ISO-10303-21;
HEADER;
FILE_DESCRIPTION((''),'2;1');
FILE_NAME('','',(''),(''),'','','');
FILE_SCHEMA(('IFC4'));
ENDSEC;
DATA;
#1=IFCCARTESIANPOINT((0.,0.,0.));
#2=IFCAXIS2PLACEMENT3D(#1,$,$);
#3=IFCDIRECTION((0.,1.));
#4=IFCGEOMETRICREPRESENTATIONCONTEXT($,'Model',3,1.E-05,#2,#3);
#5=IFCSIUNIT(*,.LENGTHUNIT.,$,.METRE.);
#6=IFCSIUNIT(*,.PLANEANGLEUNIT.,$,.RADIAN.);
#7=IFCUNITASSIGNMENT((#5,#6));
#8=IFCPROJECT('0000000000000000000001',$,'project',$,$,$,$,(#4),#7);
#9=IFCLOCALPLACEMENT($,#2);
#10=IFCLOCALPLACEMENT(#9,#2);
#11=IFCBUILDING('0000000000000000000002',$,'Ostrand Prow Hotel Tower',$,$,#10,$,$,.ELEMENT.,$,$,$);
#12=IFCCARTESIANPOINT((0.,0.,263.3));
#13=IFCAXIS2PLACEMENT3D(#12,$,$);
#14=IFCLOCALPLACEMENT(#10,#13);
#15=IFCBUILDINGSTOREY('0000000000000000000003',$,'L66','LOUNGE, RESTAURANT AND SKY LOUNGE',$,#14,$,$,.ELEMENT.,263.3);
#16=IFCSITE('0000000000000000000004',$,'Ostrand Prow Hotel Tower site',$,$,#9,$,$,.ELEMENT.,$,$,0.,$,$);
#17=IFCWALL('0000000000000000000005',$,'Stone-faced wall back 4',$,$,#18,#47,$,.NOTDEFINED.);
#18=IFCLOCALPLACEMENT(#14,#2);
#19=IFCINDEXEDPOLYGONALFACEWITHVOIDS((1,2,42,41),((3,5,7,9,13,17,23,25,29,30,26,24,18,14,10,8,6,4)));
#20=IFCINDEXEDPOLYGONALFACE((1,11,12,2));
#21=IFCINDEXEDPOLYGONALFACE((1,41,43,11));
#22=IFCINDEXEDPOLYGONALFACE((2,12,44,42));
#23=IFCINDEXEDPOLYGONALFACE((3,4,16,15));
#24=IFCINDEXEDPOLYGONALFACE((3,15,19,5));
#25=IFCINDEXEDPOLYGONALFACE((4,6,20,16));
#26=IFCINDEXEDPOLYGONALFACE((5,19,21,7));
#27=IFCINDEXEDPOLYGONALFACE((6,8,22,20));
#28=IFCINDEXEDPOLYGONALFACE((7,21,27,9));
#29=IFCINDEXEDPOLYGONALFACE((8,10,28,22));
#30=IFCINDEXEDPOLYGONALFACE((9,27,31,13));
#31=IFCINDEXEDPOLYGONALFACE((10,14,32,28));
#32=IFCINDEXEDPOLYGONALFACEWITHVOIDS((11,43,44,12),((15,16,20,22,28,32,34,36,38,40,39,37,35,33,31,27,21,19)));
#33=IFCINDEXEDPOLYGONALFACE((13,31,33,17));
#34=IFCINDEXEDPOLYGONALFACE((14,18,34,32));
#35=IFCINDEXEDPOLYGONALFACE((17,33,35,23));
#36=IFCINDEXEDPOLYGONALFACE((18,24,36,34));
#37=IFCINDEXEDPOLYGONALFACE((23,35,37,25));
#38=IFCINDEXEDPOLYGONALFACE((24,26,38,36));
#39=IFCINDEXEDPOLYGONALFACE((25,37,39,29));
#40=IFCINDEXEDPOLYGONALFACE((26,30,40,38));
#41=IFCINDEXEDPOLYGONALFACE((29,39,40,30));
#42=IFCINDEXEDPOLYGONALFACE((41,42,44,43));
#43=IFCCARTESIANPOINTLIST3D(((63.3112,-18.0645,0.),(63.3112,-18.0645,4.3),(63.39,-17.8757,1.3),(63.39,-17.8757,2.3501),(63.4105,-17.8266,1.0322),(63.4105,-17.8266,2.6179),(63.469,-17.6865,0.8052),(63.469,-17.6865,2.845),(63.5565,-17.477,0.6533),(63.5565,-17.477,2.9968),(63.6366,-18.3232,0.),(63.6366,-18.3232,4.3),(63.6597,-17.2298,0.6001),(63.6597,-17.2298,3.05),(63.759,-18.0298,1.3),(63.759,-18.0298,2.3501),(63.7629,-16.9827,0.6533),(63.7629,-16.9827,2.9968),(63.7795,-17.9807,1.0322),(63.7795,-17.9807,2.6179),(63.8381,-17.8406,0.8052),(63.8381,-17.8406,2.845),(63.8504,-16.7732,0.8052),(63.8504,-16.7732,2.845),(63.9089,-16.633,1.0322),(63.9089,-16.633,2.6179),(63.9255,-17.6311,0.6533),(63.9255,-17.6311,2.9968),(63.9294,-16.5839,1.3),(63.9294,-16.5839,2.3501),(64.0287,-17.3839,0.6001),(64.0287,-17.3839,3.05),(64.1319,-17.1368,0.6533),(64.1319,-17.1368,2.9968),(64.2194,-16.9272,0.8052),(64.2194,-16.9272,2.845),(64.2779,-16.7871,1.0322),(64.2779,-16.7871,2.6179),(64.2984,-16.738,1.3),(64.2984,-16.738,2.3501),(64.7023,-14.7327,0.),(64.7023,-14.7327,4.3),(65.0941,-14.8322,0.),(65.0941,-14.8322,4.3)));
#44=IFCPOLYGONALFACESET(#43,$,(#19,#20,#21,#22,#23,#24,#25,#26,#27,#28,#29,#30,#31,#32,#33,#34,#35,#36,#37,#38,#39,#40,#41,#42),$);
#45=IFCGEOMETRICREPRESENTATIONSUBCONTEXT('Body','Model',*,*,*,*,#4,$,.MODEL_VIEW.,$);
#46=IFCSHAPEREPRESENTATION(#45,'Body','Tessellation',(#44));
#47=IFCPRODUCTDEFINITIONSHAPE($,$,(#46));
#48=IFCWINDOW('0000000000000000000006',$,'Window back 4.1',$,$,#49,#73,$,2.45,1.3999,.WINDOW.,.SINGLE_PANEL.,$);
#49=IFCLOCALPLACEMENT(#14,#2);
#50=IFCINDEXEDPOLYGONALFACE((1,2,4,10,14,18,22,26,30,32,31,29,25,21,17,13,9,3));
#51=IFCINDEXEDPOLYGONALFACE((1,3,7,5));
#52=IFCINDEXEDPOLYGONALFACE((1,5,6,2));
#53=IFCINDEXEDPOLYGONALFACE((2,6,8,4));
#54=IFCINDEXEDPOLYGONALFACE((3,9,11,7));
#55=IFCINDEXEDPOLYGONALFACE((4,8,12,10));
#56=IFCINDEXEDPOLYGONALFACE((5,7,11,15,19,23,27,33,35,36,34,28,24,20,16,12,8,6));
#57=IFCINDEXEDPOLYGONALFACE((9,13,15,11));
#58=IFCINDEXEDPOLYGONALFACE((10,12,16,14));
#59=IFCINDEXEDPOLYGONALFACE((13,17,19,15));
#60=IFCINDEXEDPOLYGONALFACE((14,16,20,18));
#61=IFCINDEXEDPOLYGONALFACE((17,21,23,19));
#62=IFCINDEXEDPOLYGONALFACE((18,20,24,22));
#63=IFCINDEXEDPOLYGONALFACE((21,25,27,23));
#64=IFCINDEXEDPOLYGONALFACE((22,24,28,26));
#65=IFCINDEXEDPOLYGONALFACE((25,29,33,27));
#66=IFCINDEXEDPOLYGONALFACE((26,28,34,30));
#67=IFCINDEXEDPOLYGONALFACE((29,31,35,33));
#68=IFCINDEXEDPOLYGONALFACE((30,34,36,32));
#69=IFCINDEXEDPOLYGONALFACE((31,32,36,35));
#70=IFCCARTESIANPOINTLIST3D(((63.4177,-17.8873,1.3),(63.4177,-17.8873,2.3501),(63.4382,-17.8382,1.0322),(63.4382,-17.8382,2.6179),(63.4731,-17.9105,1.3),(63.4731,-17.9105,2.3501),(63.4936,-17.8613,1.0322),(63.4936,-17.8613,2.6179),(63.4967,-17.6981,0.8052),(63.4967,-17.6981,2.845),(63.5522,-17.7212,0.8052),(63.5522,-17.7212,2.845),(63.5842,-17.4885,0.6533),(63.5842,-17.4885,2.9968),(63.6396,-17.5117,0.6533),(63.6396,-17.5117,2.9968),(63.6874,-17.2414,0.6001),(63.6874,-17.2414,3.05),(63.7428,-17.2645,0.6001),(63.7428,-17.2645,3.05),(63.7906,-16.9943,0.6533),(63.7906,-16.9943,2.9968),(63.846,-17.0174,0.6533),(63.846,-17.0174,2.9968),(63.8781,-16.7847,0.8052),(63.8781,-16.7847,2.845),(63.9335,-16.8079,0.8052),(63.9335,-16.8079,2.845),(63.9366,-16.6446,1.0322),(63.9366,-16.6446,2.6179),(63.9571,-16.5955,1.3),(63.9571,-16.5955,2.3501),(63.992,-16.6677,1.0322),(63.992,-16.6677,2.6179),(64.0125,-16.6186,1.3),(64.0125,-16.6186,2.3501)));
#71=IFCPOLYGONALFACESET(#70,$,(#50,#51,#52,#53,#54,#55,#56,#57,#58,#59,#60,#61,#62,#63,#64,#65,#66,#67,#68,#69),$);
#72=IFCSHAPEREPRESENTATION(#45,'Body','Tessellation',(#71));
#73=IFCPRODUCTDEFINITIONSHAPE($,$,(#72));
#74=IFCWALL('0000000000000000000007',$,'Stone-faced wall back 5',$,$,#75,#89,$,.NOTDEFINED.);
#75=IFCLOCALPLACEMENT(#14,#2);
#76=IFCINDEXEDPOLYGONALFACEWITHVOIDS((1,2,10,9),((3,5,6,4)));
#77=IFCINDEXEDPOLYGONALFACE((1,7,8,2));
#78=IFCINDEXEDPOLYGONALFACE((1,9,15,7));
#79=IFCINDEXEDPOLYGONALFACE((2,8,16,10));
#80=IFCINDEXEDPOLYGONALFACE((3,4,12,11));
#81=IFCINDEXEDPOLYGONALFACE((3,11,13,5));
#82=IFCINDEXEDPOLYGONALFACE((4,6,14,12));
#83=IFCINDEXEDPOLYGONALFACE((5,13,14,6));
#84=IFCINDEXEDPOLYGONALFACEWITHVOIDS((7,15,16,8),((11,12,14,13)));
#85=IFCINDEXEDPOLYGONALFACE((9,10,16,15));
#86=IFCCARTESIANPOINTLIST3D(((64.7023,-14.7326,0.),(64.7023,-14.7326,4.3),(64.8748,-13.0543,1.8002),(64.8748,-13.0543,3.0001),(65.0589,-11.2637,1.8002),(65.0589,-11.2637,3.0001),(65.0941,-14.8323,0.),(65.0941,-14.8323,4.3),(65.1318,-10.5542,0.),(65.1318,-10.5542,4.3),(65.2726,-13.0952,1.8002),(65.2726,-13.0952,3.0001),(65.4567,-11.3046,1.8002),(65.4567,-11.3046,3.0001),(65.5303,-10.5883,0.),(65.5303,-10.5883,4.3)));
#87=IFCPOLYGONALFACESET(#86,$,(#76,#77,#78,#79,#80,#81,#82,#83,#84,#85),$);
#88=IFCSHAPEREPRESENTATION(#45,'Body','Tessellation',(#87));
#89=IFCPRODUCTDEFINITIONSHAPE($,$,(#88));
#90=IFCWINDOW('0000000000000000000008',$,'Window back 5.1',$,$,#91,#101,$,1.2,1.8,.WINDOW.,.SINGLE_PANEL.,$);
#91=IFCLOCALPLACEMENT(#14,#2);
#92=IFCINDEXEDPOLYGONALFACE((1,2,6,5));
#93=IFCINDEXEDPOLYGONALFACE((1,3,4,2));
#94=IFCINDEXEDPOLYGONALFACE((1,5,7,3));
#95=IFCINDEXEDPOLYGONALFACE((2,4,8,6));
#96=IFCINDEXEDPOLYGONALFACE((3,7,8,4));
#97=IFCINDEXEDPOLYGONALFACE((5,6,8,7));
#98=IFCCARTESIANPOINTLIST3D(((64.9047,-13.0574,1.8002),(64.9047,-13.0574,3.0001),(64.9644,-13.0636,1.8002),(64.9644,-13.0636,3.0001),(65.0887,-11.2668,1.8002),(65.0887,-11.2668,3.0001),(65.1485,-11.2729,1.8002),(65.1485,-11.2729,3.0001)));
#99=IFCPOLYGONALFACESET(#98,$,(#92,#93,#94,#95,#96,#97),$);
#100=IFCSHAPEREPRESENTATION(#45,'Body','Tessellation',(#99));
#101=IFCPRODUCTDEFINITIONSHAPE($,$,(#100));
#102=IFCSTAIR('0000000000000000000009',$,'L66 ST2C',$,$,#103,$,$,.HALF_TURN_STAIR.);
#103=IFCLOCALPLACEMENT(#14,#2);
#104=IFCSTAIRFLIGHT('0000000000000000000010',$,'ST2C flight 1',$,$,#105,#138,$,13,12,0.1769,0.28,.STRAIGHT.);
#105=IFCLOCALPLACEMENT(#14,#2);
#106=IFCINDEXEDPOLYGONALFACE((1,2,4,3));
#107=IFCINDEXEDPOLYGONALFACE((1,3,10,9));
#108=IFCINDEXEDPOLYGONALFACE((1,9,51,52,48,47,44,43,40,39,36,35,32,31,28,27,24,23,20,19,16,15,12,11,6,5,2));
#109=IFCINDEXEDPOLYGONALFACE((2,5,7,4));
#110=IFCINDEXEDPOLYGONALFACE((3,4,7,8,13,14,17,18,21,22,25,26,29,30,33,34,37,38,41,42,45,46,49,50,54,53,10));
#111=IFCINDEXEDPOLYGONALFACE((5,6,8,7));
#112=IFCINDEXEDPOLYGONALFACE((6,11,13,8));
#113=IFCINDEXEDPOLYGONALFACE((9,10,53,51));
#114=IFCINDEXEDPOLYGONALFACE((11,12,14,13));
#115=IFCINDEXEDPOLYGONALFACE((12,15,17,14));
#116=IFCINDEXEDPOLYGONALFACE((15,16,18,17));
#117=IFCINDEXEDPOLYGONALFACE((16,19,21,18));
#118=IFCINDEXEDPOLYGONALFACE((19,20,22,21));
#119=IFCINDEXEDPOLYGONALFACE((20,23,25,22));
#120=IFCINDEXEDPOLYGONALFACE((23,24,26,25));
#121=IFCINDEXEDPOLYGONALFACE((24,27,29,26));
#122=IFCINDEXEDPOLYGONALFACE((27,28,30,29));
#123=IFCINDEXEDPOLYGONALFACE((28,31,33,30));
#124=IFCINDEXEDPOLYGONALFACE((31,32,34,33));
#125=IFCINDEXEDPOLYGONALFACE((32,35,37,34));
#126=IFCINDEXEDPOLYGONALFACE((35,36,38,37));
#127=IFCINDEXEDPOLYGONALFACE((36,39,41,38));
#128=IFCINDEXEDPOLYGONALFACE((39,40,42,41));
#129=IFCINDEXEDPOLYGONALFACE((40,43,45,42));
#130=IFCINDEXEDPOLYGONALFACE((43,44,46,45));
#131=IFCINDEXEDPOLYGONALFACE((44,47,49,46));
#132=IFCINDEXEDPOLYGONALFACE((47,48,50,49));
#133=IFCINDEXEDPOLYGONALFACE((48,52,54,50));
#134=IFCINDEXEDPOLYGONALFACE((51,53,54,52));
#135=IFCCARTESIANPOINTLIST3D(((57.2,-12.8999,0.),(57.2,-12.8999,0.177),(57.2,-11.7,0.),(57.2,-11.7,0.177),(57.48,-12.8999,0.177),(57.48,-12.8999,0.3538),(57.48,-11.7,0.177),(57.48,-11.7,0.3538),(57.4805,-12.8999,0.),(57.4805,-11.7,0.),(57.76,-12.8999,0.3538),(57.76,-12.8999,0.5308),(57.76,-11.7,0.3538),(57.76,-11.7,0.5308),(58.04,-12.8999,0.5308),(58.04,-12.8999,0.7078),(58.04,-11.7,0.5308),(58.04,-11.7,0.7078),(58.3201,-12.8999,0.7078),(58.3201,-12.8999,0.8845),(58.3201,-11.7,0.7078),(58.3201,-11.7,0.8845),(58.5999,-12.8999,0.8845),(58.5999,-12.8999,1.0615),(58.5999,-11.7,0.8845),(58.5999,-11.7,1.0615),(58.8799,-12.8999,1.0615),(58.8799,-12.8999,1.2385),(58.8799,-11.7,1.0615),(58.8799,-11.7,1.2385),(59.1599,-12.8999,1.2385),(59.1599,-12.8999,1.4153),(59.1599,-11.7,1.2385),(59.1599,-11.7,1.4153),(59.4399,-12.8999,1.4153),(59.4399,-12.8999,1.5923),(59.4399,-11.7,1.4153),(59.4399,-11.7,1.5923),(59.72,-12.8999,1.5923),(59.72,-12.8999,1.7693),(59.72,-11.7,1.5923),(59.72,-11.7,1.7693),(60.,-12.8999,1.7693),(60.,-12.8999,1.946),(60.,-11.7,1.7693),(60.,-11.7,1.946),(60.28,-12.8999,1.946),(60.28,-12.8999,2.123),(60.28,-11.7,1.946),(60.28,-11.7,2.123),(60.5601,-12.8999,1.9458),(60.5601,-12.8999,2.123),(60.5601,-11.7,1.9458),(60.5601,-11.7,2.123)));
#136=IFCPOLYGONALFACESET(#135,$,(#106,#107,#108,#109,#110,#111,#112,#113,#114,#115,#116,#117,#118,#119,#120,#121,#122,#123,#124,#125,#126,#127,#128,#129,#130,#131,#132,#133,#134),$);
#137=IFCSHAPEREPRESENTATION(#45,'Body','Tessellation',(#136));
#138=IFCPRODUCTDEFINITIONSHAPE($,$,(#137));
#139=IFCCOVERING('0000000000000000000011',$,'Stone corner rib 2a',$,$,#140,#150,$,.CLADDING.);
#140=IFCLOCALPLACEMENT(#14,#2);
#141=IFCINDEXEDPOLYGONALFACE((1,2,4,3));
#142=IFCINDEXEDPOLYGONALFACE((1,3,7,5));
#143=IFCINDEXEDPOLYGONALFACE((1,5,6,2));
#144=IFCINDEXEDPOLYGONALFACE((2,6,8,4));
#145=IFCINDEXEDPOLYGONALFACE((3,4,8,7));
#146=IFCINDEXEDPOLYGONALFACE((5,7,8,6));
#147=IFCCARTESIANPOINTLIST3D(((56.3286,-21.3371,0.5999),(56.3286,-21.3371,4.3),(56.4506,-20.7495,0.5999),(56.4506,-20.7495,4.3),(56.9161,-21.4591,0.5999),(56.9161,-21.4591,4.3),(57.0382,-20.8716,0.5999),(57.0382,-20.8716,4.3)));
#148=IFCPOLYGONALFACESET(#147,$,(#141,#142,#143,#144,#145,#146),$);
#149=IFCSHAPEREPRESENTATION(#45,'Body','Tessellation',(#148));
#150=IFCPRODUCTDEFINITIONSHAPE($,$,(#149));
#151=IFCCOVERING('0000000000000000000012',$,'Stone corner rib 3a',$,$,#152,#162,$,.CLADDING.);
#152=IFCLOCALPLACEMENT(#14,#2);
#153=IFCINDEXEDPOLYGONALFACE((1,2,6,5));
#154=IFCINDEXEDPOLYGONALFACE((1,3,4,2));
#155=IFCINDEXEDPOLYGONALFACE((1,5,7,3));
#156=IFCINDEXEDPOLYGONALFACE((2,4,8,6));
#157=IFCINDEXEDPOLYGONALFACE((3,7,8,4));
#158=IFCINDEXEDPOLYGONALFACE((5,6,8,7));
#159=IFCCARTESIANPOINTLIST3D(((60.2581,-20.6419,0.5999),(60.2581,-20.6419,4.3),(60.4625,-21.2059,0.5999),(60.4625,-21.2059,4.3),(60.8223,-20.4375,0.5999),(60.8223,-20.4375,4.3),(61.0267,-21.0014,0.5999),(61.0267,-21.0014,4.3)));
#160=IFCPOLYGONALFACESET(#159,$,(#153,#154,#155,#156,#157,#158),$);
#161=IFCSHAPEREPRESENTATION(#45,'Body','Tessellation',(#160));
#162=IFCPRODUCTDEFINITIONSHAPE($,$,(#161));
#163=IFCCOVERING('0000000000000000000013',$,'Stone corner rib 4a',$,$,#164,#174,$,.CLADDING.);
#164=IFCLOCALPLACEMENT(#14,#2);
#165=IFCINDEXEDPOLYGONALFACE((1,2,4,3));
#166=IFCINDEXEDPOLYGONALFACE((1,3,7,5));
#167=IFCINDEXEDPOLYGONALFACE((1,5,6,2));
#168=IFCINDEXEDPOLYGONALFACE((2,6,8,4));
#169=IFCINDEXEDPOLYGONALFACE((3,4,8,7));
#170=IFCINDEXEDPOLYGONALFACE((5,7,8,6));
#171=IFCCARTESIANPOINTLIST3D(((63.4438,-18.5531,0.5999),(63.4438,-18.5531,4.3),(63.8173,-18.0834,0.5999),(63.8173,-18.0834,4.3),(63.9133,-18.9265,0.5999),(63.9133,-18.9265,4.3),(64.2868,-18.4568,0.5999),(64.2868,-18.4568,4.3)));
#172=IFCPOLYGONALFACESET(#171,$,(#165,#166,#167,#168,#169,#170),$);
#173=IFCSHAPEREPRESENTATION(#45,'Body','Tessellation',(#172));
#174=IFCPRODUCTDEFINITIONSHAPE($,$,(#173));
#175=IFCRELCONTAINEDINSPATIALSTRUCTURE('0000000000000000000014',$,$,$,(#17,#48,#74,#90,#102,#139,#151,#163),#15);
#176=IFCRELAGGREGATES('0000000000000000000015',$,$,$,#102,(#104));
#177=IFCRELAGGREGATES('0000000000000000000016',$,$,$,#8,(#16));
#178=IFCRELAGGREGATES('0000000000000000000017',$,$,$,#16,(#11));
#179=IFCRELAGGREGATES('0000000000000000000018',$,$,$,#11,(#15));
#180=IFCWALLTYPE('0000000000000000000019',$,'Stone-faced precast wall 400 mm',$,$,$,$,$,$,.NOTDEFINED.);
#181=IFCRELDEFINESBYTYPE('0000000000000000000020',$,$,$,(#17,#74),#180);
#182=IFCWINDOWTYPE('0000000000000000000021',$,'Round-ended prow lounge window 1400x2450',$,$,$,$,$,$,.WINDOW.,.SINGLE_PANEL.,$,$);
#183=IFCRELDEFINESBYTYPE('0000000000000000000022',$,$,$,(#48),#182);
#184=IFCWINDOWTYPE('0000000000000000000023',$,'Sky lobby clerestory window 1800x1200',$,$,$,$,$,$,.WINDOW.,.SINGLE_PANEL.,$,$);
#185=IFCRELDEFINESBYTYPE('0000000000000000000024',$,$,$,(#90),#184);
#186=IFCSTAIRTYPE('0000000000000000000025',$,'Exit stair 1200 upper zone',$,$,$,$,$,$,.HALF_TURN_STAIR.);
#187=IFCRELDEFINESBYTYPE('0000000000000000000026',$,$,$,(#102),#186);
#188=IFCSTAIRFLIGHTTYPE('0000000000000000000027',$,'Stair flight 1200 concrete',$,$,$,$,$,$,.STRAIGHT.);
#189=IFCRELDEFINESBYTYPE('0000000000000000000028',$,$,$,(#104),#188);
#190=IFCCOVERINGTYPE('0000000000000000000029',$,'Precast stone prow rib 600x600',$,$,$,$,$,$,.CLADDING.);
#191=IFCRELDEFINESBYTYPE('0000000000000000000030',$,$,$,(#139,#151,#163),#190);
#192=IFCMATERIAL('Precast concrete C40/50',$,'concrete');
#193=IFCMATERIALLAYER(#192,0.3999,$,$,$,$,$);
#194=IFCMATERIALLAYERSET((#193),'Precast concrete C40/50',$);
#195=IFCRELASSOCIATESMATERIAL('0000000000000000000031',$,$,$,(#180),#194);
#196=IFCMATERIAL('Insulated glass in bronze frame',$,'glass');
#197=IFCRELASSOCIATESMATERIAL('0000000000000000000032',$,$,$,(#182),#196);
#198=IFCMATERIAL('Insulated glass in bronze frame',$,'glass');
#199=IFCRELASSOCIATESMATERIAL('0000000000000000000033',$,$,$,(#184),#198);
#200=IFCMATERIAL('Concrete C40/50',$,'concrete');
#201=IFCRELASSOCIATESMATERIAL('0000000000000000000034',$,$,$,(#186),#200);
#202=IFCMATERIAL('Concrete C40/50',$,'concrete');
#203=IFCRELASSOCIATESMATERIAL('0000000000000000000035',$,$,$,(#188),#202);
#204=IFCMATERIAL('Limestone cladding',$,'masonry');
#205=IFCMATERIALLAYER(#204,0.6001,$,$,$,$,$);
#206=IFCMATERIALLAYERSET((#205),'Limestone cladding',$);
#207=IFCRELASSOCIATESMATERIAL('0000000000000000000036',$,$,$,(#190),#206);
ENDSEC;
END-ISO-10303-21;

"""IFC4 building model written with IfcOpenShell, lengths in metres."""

from ifc_helpers import new_model, si_unit, direction, frame, frame_2d, origin, place, context, subcontext, project, spatial, polyline, rectangle, outline, extrude, material, layer, layer_set, type_object, element, fill, aggregate, save


model = new_model("IFC4")

# Units and contexts
model_context = context("Model", 3, precision=1e-05, world=origin(), true_north=direction((0.0, 1.0)))
body_context = subcontext(model_context, "Body", "Model", "MODEL_VIEW")
ifc_project = project(units=[si_unit("LENGTHUNIT", "METRE"), si_unit("PLANEANGLEUNIT", "RADIAN")], contexts=[model_context])

# Site, building, storey
site_placement = place(None, origin())
site = spatial("IfcSite", under=ifc_project, at=site_placement, Name="Ostrand Prow Hotel Tower site", CompositionType="ELEMENT", RefElevation=0.0)
building_placement = place(site_placement, origin())
building = spatial("IfcBuilding", under=site, at=building_placement, Name="Ostrand Prow Hotel Tower", CompositionType="ELEMENT")
storey_placement = place(building_placement, frame((0.0, 0.0, 263.3)))
storey = spatial("IfcBuildingStorey", under=building, at=storey_placement, Name="L66", Description="LOUNGE, RESTAURANT AND SKY LOUNGE", CompositionType="ELEMENT", Elevation=263.3)

# Walls, openings, windows
ifc_material_1 = material(Name="Precast concrete C40/50", Category="concrete")
ifc_layer_1 = layer(ifc_material_1, 0.3999)
ifc_layer_set_1 = layer_set([ifc_layer_1], Name="Precast concrete C40/50")
wall_type_1 = type_object("IfcWallType", Name="Stone-faced precast wall 400 mm", PredefinedType="NOTDEFINED", material=ifc_layer_set_1)
wall_1_placement = place(storey_placement, frame((63.4739, -18.1938, 0.0), z_axis=(0.0, 0.0, 1.0), x_axis=(0.385286, 0.922797, 0.0)))
wall_1 = element("IfcWall", 1, at=wall_1_placement, inside=storey, type_object=wall_type_1, Name="Stone-faced wall back 4", PredefinedType="NOTDEFINED", context=body_context, shape_type="SweptSolid", body=[
    extrude(outline(polyline([(-0.0566, -0.2), (3.7263, -0.2), (3.6672, 0.2), (0.0566, 0.2), (-0.0566, -0.2)])), origin(), (0.0, 0.0, 1.0), 4.3),
])
opening_1_placement = place(wall_1_placement, frame((0.2612, 0.0, 0.6001)))
opening_1 = element("IfcOpeningElement", 2, at=opening_1_placement, cuts=wall_1, PredefinedType="OPENING", context=body_context, shape_type="SweptSolid", body=[
    extrude(outline(polyline([(0.0, 1.75), (0.0532, 2.0178), (0.2051, 2.2449), (0.4321, 2.3967), (0.7, 2.45), (0.9678, 2.3967), (1.1948, 2.2449), (1.3467, 2.0178), (1.3999, 1.75), (1.3999, 0.7), (1.3467, 0.4321), (1.1948, 0.2051), (0.9678, 0.0532), (0.7, 0.0), (0.4321, 0.0532), (0.2051, 0.2051), (0.0532, 0.4321), (0.0, 0.7), (0.0, 1.75)])), frame((0.0, 0.21, 0.0), z_axis=(0.0, -1.0, 0.0), x_axis=(1.0, 0.0, 0.0)), (0.0, 0.0, 1.0), 0.4199),
])
ifc_material_2 = material(Name="Insulated glass in bronze frame", Category="glass")
window_type_1 = type_object("IfcWindowType", Name="Round-ended prow lounge window 1400x2450", PartitioningType="SINGLE_PANEL", PredefinedType="WINDOW", material=ifc_material_2)
window_1_placement = place(opening_1_placement, origin())
window_1 = element("IfcWindow", 3, at=window_1_placement, inside=storey, type_object=window_type_1, Name="Window back 4.1", OverallHeight=2.45, OverallWidth=1.3999, PartitioningType="SINGLE_PANEL", PredefinedType="WINDOW", context=body_context, shape_type="SweptSolid", body=[
    extrude(outline(polyline([(0.0, 1.75), (0.0532, 2.0178), (0.2051, 2.2449), (0.4321, 2.3967), (0.7, 2.45), (0.9678, 2.3967), (1.1948, 2.2449), (1.3467, 2.0178), (1.3999, 1.75), (1.3999, 0.7), (1.3467, 0.4321), (1.1948, 0.2051), (0.9678, 0.0532), (0.7, 0.0), (0.4321, 0.0532), (0.2051, 0.2051), (0.0532, 0.4321), (0.0, 0.7), (0.0, 1.75)])), frame((0.0, 0.1699, 0.0), z_axis=(0.0, -1.0, 0.0), x_axis=(1.0, 0.0, 0.0)), (0.0, 0.0, 1.0), 0.0601),
])
fill(opening_1, window_1)
wall_2_placement = place(storey_placement, frame((64.8982, -14.7825, 0.0), z_axis=(0.0, 0.0, 1.0), x_axis=(0.10225, 0.994759, 0.0)))
wall_2 = element("IfcWall", 4, at=wall_2_placement, inside=storey, type_object=wall_type_1, Name="Stone-faced wall back 5", PredefinedType="NOTDEFINED", context=body_context, shape_type="SweptSolid", body=[
    extrude(outline(polyline([(-0.0295, -0.2), (4.2368, -0.2), (4.23, 0.2), (0.0295, 0.2), (-0.0295, -0.2)])), origin(), (0.0, 0.0, 1.0), 4.3),
])
opening_2_placement = place(wall_2_placement, frame((1.7168, 0.0, 1.8)))
opening_2 = element("IfcOpeningElement", 5, at=opening_2_placement, cuts=wall_2, PredefinedType="OPENING", context=body_context, shape_type="SweptSolid", body=[
    extrude(rectangle(XDim=1.8, YDim=1.2, at=frame_2d((0.8999, 0.6001))), frame((0.0, 0.21, 0.0), z_axis=(0.0, -1.0, 0.0), x_axis=(1.0, 0.0, 0.0)), (0.0, 0.0, 1.0), 0.4199),
])
ifc_material_3 = material(Name="Insulated glass in bronze frame", Category="glass")
window_type_2 = type_object("IfcWindowType", Name="Sky lobby clerestory window 1800x1200", PartitioningType="SINGLE_PANEL", PredefinedType="WINDOW", material=ifc_material_3)
window_2_placement = place(opening_2_placement, origin())
window_2 = element("IfcWindow", 6, at=window_2_placement, inside=storey, type_object=window_type_2, Name="Window back 5.1", OverallHeight=1.2, OverallWidth=1.8, PartitioningType="SINGLE_PANEL", PredefinedType="WINDOW", context=body_context, shape_type="SweptSolid", body=[
    extrude(rectangle(XDim=1.8, YDim=1.2, at=frame_2d((0.8999, 0.6001))), frame((0.0, 0.1699, 0.0), z_axis=(0.0, -1.0, 0.0), x_axis=(1.0, 0.0, 0.0)), (0.0, 0.0, 1.0), 0.0601),
])
fill(opening_2, window_2)

# Stair, stair flight
ifc_material_4 = material(Name="Concrete C40/50", Category="concrete")
stair_type = type_object("IfcStairType", Name="Exit stair 1200 upper zone", PredefinedType="HALF_TURN_STAIR", material=ifc_material_4)
stair_placement = place(storey_placement, origin())
stair = element("IfcStair", 7, at=stair_placement, inside=storey, type_object=stair_type, Name="L66 ST2C", PredefinedType="HALF_TURN_STAIR")
ifc_material_5 = material(Name="Concrete C40/50", Category="concrete")
stair_flight_type = type_object("IfcStairFlightType", Name="Stair flight 1200 concrete", PredefinedType="STRAIGHT", material=ifc_material_5)
stair_flight_placement = place(storey_placement, frame((57.2, -12.3, 0.0), z_axis=(0.0, 0.0, 1.0), x_axis=(1.0, 0.0, 0.0)))
stair_flight = element("IfcStairFlight", 8, at=stair_flight_placement, type_object=stair_flight_type, Name="ST2C flight 1", NumberOfRisers=13, NumberOfTreads=12, PredefinedType="STRAIGHT", RiserHeight=0.1769, TreadLength=0.28, context=body_context, shape_type="SweptSolid", body=[
    extrude(outline(polyline([(0.0, 0.0), (0.0, 0.177), (0.28, 0.177), (0.28, 0.3538), (0.5601, 0.3538), (0.5601, 0.5308), (0.8401, 0.5308), (0.8401, 0.7078), (1.1201, 0.7078), (1.1201, 0.8845), (1.3999, 0.8845), (1.3999, 1.0615), (1.6799, 1.0615), (1.6799, 1.2385), (1.96, 1.2385), (1.96, 1.4153), (2.24, 1.4153), (2.24, 1.5923), (2.52, 1.5923), (2.52, 1.7693), (2.8, 1.7693), (2.8, 1.946), (3.0801, 1.946), (3.0801, 2.123), (3.3601, 2.123), (3.3601, 2.3), (3.3601, 1.9458), (0.2805, 0.0), (0.0, 0.0)])), frame((0.0, 0.6001, 0.0), z_axis=(0.0, -1.0, 0.0), x_axis=(1.0, 0.0, 0.0)), (0.0, 0.0, 1.0), 1.2),
])
aggregate(stair, [stair_flight])

# Coverings
ifc_material_6 = material(Name="Limestone cladding", Category="masonry")
ifc_layer_2 = layer(ifc_material_6, 0.6001)
ifc_layer_set_2 = layer_set([ifc_layer_2], Name="Limestone cladding")
covering_type = type_object("IfcCoveringType", Name="Precast stone prow rib 600x600", PredefinedType="CLADDING", material=ifc_layer_set_2)
covering_1_placement = place(storey_placement, frame((56.7444, -20.8105, 0.5999), z_axis=(0.0, 0.0, 1.0), x_axis=(-0.203386, -0.979099, 0.0)))
element("IfcCovering", 9, at=covering_1_placement, inside=storey, type_object=covering_type, Name="Stone corner rib 2a", PredefinedType="CLADDING", context=body_context, shape_type="SweptSolid", body=[
    extrude(rectangle(XDim=0.6001, YDim=0.6001, at=frame_2d((0.3, 0.0))), origin(), (0.0, 0.0, 1.0), 3.7002),
])
for number, where, z_axis, x_axis, name in (
    (10, (60.5403, -20.5398, 0.5999), (0.0, 0.0, 1.0), (0.340664, -0.940185, 0.0), "Stone corner rib 3a"),
    (11, (63.6306, -18.3184, 0.5999), (0.0, 0.0, 1.0), (0.782732, -0.622359, 0.0), "Stone corner rib 4a"),
):
    element("IfcCovering", number, at=place(storey_placement, frame(where, z_axis=z_axis, x_axis=x_axis)), inside=storey, type_object=covering_type, Name=name, PredefinedType="CLADDING", context=body_context, shape_type="SweptSolid", body=[
        extrude(rectangle(XDim=0.5999, YDim=0.6001, at=frame_2d((0.2998, 0.0))), origin(), (0.0, 0.0, 1.0), 3.7002),
    ])

save(model, "model.ifc")
